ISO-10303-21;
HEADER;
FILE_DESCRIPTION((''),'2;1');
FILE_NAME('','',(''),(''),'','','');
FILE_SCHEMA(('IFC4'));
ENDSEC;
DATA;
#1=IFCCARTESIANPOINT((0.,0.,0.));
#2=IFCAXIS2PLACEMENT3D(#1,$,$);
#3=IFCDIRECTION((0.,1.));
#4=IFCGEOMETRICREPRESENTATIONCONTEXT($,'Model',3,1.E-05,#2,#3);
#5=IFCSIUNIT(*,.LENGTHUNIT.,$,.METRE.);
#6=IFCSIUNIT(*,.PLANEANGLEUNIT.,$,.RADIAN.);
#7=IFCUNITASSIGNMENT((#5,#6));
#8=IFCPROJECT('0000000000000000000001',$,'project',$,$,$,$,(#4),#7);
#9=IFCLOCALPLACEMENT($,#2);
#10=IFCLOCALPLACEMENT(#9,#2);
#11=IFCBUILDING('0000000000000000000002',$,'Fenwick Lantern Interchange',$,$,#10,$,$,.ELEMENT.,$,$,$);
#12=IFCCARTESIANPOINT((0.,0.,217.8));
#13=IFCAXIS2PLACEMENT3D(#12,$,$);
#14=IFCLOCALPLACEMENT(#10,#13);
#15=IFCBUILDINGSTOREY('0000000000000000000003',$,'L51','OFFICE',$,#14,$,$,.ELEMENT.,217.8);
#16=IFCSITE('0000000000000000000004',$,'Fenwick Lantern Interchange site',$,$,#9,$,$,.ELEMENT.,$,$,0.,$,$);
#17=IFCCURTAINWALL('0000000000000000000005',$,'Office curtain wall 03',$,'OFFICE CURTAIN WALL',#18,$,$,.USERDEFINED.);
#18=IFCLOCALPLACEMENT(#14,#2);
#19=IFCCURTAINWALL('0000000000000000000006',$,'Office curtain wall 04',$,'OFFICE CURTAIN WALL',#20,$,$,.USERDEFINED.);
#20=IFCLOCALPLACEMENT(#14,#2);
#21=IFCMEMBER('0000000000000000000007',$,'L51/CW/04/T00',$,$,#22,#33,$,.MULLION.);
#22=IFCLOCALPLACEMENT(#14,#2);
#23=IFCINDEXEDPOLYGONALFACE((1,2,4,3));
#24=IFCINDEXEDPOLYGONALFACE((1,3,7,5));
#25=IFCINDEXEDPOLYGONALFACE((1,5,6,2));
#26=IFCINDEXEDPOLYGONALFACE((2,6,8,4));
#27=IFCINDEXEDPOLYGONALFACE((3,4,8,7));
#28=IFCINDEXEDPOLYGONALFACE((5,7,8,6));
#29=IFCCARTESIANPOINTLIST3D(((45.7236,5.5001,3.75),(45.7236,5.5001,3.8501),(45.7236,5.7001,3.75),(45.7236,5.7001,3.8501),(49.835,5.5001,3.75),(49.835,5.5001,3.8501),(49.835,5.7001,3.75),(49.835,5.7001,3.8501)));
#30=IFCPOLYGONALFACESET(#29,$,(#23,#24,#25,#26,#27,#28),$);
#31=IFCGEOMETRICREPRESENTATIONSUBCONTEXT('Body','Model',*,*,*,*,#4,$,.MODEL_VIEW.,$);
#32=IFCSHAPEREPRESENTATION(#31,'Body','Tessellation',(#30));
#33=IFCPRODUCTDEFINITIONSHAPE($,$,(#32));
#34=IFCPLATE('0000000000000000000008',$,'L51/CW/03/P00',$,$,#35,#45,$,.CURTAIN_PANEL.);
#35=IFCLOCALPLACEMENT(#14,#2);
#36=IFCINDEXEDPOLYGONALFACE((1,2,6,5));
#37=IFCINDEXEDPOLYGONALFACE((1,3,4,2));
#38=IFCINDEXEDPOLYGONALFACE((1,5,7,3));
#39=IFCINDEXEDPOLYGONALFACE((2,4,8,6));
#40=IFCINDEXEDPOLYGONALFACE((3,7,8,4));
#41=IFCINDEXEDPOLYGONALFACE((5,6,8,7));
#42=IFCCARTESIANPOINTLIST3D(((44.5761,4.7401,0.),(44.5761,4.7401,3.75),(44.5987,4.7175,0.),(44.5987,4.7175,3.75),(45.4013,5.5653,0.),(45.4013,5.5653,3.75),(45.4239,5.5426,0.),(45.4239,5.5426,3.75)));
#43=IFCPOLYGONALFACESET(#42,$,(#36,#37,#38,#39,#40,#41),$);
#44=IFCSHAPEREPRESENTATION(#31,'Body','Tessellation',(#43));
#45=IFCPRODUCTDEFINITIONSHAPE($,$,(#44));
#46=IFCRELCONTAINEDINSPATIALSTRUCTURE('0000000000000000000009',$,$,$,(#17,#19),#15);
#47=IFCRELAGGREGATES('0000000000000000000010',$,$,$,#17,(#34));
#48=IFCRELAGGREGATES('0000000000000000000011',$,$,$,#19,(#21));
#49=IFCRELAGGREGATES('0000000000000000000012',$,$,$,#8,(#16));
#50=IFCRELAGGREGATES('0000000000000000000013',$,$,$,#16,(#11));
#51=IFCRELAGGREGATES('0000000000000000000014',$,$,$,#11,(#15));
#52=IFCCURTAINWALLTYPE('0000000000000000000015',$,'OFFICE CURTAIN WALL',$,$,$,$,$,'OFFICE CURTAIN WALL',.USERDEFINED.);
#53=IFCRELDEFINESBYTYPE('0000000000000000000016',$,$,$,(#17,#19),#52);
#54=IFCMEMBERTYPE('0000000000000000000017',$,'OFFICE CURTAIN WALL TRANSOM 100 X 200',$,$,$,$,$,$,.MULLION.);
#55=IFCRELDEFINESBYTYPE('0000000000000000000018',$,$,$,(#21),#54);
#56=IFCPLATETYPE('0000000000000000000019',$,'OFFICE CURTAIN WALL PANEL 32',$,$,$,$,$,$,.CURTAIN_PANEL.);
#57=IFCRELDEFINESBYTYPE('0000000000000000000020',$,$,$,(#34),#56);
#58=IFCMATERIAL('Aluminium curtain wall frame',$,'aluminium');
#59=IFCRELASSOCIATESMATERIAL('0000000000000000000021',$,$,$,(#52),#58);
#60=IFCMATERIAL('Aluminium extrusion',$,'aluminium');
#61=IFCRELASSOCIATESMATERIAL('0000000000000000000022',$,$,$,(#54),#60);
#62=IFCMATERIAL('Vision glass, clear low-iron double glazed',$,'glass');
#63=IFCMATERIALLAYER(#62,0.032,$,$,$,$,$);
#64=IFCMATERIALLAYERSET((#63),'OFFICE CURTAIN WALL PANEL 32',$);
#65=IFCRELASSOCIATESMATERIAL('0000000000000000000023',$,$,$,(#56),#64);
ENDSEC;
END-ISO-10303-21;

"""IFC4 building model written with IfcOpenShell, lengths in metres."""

from ifc_helpers import new_model, si_unit, direction, frame, origin, origin_2d, place, context, subcontext, project, spatial, rectangle, extrude, material, layer, layer_set, material_profile, profile_set, type_object, element, aggregate, save


model = new_model("IFC4")

# Units and contexts
model_context = context("Model", 3, precision=1e-05, world=origin(), true_north=direction((0.0, 1.0)))
body_context = subcontext(model_context, "Body", "Model", "MODEL_VIEW")
ifc_project = project(units=[si_unit("LENGTHUNIT", "METRE"), si_unit("PLANEANGLEUNIT", "RADIAN")], contexts=[model_context])

# Site, building, storey
site_placement = place(None, origin())
site = spatial("IfcSite", under=ifc_project, at=site_placement, Name="Fenwick Lantern Interchange site", CompositionType="ELEMENT", RefElevation=0.0)
building_placement = place(site_placement, origin())
building = spatial("IfcBuilding", under=site, at=building_placement, Name="Fenwick Lantern Interchange", CompositionType="ELEMENT")
storey_placement = place(building_placement, frame((0.0, 0.0, 217.8)))
storey = spatial("IfcBuildingStorey", under=building, at=storey_placement, Name="L51", Description="OFFICE", CompositionType="ELEMENT", Elevation=217.8)

# Shared definitions
ifc_material_1 = material(Name="Aluminium curtain wall frame", Category="aluminium")
curtain_wall_type = type_object("IfcCurtainWallType", Name="OFFICE CURTAIN WALL", ElementType="OFFICE CURTAIN WALL", PredefinedType="USERDEFINED", material=ifc_material_1)
ifc_material_2 = material(Name="Aluminium extrusion", Category="aluminium")

# Curtain walls
curtain_wall_1_placement = place(storey_placement, origin())
curtain_wall_1 = element("IfcCurtainWall", 1, at=curtain_wall_1_placement, inside=storey, type_object=curtain_wall_type, Name="Office curtain wall 03", ObjectType="OFFICE CURTAIN WALL", PredefinedType="USERDEFINED")
curtain_wall_2_placement = place(storey_placement, origin())
curtain_wall_2 = element("IfcCurtainWall", 2, at=curtain_wall_2_placement, inside=storey, type_object=curtain_wall_type, Name="Office curtain wall 04", ObjectType="OFFICE CURTAIN WALL", PredefinedType="USERDEFINED")

# Member
ifc_material_profile_1 = material_profile(ifc_material_2, rectangle(XDim=0.2, YDim=0.1001, at=origin_2d()), Name="OFFICE CURTAIN WALL TRANSOM 100 X 200")
ifc_profile_set_1 = profile_set([ifc_material_profile_1], Name="Aluminium extrusion")
member_type_1 = type_object("IfcMemberType", Name="OFFICE CURTAIN WALL TRANSOM 100 X 200", PredefinedType="MULLION", material=ifc_profile_set_1)
member_1_placement = place(storey_placement, frame((45.7236, 5.6001, 3.8), z_axis=(1.0, 0.0, 0.0), x_axis=(0.0, 1.0, 0.0)))
member_1 = element("IfcMember", 3, at=member_1_placement, type_object=member_type_1, Name="L51/CW/04/T00", PredefinedType="MULLION", context=body_context, shape_type="SweptSolid", body=[
    extrude(rectangle(XDim=0.2, YDim=0.1001, at=origin_2d()), origin(), (0.0, 0.0, 1.0), 4.1113),
])

# Plate
ifc_material_3 = material(Name="Vision glass, clear low-iron double glazed", Category="glass")
ifc_layer_1 = layer(ifc_material_3, 0.032)
ifc_layer_set_1 = layer_set([ifc_layer_1], Name="OFFICE CURTAIN WALL PANEL 32")
plate_type = type_object("IfcPlateType", Name="OFFICE CURTAIN WALL PANEL 32", PredefinedType="CURTAIN_PANEL", material=ifc_layer_set_1)
plate_1_placement = place(storey_placement, frame((45.0, 5.1414, 0.0), z_axis=(0.0, 0.0, 1.0), x_axis=(0.707107, 0.707107, 0.0)))
plate_1 = element("IfcPlate", 4, at=plate_1_placement, type_object=plate_type, Name="L51/CW/03/P00", PredefinedType="CURTAIN_PANEL", context=body_context, shape_type="SweptSolid", body=[
    extrude(rectangle(XDim=1.167, YDim=0.032, at=origin_2d()), origin(), (0.0, 0.0, 1.0), 3.75),
])
aggregate(curtain_wall_1, [plate_1])
aggregate(curtain_wall_2, [member_1])

save(model, "model.ifc")
